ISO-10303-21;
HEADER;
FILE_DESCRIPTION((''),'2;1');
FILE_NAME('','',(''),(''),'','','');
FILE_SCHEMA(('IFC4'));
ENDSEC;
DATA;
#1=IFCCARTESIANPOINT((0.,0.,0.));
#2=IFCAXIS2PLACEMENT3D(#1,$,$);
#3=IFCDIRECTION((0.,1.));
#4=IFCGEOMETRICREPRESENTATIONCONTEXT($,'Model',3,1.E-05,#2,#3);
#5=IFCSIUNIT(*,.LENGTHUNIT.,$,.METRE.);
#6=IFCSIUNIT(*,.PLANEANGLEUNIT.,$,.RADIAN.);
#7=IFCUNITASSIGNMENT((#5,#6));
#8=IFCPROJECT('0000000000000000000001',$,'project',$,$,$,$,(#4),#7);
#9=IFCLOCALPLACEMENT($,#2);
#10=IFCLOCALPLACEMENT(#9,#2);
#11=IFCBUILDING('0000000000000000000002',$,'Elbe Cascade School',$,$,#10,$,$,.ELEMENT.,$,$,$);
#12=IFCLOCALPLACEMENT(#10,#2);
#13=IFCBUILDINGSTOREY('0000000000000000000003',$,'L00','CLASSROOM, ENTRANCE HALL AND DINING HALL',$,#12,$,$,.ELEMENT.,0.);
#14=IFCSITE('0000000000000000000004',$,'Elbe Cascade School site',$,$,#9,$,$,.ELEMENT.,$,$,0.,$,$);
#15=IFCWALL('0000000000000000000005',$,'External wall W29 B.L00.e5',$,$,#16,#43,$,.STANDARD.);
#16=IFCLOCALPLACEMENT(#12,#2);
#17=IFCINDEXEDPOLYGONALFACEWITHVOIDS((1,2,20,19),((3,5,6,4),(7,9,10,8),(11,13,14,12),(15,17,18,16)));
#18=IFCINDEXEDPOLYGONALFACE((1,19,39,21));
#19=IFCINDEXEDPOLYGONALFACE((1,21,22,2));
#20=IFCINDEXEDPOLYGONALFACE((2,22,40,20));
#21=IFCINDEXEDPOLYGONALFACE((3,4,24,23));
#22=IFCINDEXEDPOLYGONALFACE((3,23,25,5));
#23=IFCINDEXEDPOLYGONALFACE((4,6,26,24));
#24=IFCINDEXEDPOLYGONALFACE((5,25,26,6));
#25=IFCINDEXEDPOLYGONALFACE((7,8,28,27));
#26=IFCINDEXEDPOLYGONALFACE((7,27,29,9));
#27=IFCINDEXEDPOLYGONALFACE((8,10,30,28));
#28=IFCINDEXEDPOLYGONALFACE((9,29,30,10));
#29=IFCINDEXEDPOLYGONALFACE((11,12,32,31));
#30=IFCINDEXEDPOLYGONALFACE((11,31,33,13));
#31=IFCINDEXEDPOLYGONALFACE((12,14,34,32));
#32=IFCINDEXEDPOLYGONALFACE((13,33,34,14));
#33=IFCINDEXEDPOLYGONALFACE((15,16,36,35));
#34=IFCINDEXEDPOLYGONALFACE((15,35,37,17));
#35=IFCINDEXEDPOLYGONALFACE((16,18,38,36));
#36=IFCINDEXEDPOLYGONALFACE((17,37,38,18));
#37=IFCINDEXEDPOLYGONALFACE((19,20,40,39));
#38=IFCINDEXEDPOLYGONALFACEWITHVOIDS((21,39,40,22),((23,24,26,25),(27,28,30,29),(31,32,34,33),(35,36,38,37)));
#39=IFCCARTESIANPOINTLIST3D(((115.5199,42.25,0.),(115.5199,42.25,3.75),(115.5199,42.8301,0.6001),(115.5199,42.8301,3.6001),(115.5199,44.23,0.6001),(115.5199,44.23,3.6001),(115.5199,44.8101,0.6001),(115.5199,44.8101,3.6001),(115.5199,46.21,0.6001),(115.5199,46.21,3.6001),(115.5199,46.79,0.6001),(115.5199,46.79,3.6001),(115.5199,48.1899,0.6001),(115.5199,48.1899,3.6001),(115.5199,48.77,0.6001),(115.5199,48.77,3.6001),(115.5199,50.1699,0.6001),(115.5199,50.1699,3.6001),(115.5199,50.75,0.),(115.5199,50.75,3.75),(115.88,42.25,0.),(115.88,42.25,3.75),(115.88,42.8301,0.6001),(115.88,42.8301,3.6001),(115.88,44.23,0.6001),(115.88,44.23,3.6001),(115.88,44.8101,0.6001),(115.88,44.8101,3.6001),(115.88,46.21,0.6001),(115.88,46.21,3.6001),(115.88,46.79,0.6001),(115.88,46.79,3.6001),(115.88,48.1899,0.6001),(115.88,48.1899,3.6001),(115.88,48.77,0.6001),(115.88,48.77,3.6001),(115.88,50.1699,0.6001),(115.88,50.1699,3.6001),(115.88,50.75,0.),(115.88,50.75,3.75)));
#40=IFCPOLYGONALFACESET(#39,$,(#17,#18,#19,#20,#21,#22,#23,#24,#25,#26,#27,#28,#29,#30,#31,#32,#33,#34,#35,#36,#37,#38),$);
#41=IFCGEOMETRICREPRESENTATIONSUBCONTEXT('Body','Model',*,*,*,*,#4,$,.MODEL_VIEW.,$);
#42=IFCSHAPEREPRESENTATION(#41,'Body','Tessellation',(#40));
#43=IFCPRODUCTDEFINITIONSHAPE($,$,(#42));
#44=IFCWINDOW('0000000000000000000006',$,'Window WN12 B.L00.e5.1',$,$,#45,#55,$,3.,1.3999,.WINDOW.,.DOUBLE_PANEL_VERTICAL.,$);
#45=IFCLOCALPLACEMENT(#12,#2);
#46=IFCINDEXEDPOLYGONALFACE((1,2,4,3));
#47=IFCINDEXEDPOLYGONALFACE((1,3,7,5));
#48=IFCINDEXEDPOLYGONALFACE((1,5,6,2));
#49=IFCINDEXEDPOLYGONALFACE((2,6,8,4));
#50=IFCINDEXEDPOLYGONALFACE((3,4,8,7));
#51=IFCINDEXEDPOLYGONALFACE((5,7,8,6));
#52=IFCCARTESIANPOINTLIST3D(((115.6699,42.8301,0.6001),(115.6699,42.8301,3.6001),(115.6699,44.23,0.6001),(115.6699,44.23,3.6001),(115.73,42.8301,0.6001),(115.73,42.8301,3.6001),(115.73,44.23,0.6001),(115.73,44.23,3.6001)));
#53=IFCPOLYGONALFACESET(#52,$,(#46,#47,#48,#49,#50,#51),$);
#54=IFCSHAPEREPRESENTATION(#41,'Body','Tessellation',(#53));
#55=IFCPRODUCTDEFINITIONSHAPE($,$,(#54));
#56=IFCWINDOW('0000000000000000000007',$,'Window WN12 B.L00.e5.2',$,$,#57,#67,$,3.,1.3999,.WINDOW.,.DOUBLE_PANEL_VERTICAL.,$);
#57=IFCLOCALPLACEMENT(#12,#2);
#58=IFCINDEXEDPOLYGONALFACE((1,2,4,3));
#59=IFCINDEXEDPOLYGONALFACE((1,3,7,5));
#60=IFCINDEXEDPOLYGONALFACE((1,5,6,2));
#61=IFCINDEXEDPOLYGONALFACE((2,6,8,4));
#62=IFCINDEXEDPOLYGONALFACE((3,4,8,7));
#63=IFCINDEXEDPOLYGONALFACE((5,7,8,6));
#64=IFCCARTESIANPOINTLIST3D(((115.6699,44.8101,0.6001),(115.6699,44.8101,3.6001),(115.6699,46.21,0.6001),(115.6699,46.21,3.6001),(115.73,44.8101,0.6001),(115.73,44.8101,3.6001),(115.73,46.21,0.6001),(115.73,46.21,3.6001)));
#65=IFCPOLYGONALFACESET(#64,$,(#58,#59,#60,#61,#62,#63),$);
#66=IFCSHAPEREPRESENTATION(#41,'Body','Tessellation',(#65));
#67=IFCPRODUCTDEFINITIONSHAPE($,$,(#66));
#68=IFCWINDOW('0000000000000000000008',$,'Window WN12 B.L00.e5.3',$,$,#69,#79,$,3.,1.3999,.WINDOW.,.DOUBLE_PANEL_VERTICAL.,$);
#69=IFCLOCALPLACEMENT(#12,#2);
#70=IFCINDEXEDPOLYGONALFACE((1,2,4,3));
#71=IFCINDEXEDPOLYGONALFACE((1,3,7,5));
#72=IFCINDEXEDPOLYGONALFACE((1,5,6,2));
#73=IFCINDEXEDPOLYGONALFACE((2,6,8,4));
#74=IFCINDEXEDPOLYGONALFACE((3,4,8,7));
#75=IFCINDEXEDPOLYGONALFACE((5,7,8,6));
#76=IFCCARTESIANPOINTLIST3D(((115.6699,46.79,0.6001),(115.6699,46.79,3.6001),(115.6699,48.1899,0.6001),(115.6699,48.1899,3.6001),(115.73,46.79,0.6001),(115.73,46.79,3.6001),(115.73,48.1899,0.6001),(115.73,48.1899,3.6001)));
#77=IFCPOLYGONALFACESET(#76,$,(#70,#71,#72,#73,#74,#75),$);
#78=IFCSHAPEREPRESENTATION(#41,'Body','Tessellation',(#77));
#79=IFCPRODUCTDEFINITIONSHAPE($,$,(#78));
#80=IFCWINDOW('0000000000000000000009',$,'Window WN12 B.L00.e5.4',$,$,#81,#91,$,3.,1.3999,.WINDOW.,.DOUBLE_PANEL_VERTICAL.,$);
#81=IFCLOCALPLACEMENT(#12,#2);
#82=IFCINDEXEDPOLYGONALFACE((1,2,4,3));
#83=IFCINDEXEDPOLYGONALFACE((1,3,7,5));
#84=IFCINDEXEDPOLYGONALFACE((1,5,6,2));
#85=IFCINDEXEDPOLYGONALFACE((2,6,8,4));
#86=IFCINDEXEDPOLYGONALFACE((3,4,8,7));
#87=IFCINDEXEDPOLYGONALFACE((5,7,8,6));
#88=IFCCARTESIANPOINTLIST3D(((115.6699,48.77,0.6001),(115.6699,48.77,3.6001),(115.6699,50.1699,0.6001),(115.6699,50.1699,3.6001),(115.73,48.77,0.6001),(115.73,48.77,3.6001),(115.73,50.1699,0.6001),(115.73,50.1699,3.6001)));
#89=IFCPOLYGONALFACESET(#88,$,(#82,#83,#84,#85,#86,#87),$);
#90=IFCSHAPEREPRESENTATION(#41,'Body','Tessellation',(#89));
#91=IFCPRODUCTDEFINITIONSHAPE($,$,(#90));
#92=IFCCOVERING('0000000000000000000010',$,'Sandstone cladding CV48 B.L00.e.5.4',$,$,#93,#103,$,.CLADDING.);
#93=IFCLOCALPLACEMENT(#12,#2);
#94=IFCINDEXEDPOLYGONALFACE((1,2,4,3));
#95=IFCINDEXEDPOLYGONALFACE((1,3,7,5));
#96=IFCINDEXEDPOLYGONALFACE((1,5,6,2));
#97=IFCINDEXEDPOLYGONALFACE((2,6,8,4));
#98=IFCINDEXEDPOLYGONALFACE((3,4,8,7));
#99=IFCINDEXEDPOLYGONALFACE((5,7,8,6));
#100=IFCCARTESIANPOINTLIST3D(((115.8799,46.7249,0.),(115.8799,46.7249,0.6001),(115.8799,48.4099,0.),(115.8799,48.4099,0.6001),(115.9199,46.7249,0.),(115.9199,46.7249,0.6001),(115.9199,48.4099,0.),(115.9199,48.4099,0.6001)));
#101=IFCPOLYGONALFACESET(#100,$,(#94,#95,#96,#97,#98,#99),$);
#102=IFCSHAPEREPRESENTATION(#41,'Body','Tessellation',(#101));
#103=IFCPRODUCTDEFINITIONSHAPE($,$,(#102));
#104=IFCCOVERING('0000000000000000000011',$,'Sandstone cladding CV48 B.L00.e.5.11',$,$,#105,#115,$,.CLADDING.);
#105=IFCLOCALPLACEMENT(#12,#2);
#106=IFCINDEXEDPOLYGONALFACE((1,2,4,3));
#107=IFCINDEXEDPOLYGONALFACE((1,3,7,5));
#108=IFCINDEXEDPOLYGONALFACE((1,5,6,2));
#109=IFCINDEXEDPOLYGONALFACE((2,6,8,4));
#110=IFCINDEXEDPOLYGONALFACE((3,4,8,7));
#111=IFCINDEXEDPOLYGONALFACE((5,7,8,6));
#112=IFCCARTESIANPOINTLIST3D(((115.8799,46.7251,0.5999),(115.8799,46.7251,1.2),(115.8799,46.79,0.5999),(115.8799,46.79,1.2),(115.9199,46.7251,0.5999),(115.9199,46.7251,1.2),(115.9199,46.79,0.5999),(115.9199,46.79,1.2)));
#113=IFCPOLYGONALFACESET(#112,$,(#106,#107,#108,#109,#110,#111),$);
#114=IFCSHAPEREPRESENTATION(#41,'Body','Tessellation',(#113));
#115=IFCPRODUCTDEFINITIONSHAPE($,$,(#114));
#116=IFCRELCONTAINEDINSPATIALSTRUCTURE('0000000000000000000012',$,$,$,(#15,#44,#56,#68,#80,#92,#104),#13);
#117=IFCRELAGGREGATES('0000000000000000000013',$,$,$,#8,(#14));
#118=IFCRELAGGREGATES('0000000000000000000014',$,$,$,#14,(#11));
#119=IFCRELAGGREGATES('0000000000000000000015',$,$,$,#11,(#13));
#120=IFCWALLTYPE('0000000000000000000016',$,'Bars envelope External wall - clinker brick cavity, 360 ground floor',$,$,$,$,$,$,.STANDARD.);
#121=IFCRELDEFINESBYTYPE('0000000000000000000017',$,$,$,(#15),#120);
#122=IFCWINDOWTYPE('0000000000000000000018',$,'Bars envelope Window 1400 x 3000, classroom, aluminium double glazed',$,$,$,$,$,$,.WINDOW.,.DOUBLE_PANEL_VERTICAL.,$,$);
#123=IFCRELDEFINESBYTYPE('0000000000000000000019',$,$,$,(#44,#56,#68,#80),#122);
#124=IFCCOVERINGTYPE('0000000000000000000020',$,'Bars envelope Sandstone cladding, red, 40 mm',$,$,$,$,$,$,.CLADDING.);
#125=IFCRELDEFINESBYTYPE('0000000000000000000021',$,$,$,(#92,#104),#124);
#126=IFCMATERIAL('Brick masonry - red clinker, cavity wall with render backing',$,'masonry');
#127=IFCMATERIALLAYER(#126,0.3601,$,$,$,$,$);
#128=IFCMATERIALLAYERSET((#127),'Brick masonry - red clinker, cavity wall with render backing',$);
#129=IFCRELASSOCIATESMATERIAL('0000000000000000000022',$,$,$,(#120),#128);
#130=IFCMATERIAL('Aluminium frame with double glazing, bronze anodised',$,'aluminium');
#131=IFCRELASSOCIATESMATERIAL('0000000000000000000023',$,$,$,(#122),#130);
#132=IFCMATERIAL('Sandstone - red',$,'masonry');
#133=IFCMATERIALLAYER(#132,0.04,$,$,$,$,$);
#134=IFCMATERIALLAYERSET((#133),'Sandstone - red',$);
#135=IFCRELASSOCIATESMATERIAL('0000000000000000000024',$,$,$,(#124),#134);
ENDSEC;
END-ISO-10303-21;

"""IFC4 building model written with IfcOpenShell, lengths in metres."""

from ifc_helpers import new_model, si_unit, direction, frame, frame_2d, origin, origin_2d, place, context, subcontext, project, spatial, rectangle, extrude, material, layer, layer_set, type_object, element, fill, save


model = new_model("IFC4")

# Units and contexts
model_context = context("Model", 3, precision=1e-05, world=origin(), true_north=direction((0.0, 1.0)))
body_context = subcontext(model_context, "Body", "Model", "MODEL_VIEW")
ifc_project = project(units=[si_unit("LENGTHUNIT", "METRE"), si_unit("PLANEANGLEUNIT", "RADIAN")], contexts=[model_context])

# Site, building, storey
site_placement = place(None, origin())
site = spatial("IfcSite", under=ifc_project, at=site_placement, Name="Elbe Cascade School site", CompositionType="ELEMENT", RefElevation=0.0)
building_placement = place(site_placement, origin())
building = spatial("IfcBuilding", under=site, at=building_placement, Name="Elbe Cascade School", CompositionType="ELEMENT")
storey_placement = place(building_placement, origin())
storey = spatial("IfcBuildingStorey", under=building, at=storey_placement, Name="L00", Description="CLASSROOM, ENTRANCE HALL AND DINING HALL", CompositionType="ELEMENT", Elevation=0.0)

# Wall, openings, windows
ifc_material_1 = material(Name="Brick masonry - red clinker, cavity wall with render backing", Category="masonry")
ifc_layer_1 = layer(ifc_material_1, 0.3601)
ifc_layer_set_1 = layer_set([ifc_layer_1], Name="Brick masonry - red clinker, cavity wall with render backing")
wall_type_1 = type_object("IfcWallType", Name="Bars envelope External wall - clinker brick cavity, 360 ground floor", PredefinedType="STANDARD", material=ifc_layer_set_1)
wall_1_placement = place(storey_placement, frame((115.7, 50.75, 0.0), z_axis=(0.0, 0.0, 1.0), x_axis=(0.0, -1.0, 0.0)))
wall_1 = element("IfcWall", 1, at=wall_1_placement, inside=storey, type_object=wall_type_1, Name="External wall W29 B.L00.e5", PredefinedType="STANDARD", context=body_context, shape_type="SweptSolid", body=[
    extrude(rectangle(XDim=8.5, YDim=0.3601, at=frame_2d((4.25, 0.0))), origin(), (0.0, 0.0, 1.0), 3.75),
])
opening_1_placement = place(wall_1_placement, frame((6.52, 0.0, 0.6001)))
opening_1 = element("IfcOpeningElement", 2, at=opening_1_placement, cuts=wall_1, PredefinedType="OPENING", context=body_context, shape_type="SweptSolid", body=[
    extrude(rectangle(XDim=1.3999, YDim=3.0, at=frame_2d((0.7, 1.5))), frame((0.0, 0.1899, 0.0), z_axis=(0.0, -1.0, 0.0), x_axis=(1.0, 0.0, 0.0)), (0.0, 0.0, 1.0), 0.3801),
])
opening_2_placement = place(wall_1_placement, frame((4.54, 0.0, 0.6001)))
opening_2 = element("IfcOpeningElement", 3, at=opening_2_placement, cuts=wall_1, PredefinedType="OPENING", context=body_context, shape_type="SweptSolid", body=[
    extrude(rectangle(XDim=1.3999, YDim=3.0, at=frame_2d((0.7, 1.5))), frame((0.0, 0.1899, 0.0), z_axis=(0.0, -1.0, 0.0), x_axis=(1.0, 0.0, 0.0)), (0.0, 0.0, 1.0), 0.3801),
])
opening_3_placement = place(wall_1_placement, frame((2.5601, 0.0, 0.6001)))
opening_3 = element("IfcOpeningElement", 4, at=opening_3_placement, cuts=wall_1, PredefinedType="OPENING", context=body_context, shape_type="SweptSolid", body=[
    extrude(rectangle(XDim=1.3999, YDim=3.0, at=frame_2d((0.7, 1.5))), frame((0.0, 0.1899, 0.0), z_axis=(0.0, -1.0, 0.0), x_axis=(1.0, 0.0, 0.0)), (0.0, 0.0, 1.0), 0.3801),
])
opening_4_placement = place(wall_1_placement, frame((0.5801, 0.0, 0.6001)))
opening_4 = element("IfcOpeningElement", 5, at=opening_4_placement, cuts=wall_1, PredefinedType="OPENING", context=body_context, shape_type="SweptSolid", body=[
    extrude(rectangle(XDim=1.3999, YDim=3.0, at=frame_2d((0.7, 1.5))), frame((0.0, 0.1899, 0.0), z_axis=(0.0, -1.0, 0.0), x_axis=(1.0, 0.0, 0.0)), (0.0, 0.0, 1.0), 0.3801),
])
ifc_material_2 = material(Name="Aluminium frame with double glazing, bronze anodised", Category="aluminium")
window_type = type_object("IfcWindowType", Name="Bars envelope Window 1400 x 3000, classroom, aluminium double glazed", PartitioningType="DOUBLE_PANEL_VERTICAL", PredefinedType="WINDOW", material=ifc_material_2)
window_1_placement = place(opening_1_placement, origin())
window_1 = element("IfcWindow", 6, at=window_1_placement, inside=storey, type_object=window_type, Name="Window WN12 B.L00.e5.1", OverallHeight=3.0, OverallWidth=1.3999, PartitioningType="DOUBLE_PANEL_VERTICAL", PredefinedType="WINDOW", context=body_context, shape_type="SweptSolid", body=[
    extrude(rectangle(XDim=1.3999, YDim=3.0, at=frame_2d((0.7, 1.5))), frame((0.0, 0.03, 0.0), z_axis=(0.0, -1.0, 0.0), x_axis=(1.0, 0.0, 0.0)), (0.0, 0.0, 1.0), 0.0601),
])
fill(opening_1, window_1)
window_2_placement = place(opening_2_placement, origin())
window_2 = element("IfcWindow", 7, at=window_2_placement, inside=storey, type_object=window_type, Name="Window WN12 B.L00.e5.2", OverallHeight=3.0, OverallWidth=1.3999, PartitioningType="DOUBLE_PANEL_VERTICAL", PredefinedType="WINDOW", context=body_context, shape_type="SweptSolid", body=[
    extrude(rectangle(XDim=1.3999, YDim=3.0, at=frame_2d((0.7, 1.5))), frame((0.0, 0.03, 0.0), z_axis=(0.0, -1.0, 0.0), x_axis=(1.0, 0.0, 0.0)), (0.0, 0.0, 1.0), 0.0601),
])
fill(opening_2, window_2)
window_3_placement = place(opening_3_placement, origin())
window_3 = element("IfcWindow", 8, at=window_3_placement, inside=storey, type_object=window_type, Name="Window WN12 B.L00.e5.3", OverallHeight=3.0, OverallWidth=1.3999, PartitioningType="DOUBLE_PANEL_VERTICAL", PredefinedType="WINDOW", context=body_context, shape_type="SweptSolid", body=[
    extrude(rectangle(XDim=1.3999, YDim=3.0, at=frame_2d((0.7, 1.5))), frame((0.0, 0.03, 0.0), z_axis=(0.0, -1.0, 0.0), x_axis=(1.0, 0.0, 0.0)), (0.0, 0.0, 1.0), 0.0601),
])
fill(opening_3, window_3)
window_4_placement = place(opening_4_placement, origin())
window_4 = element("IfcWindow", 9, at=window_4_placement, inside=storey, type_object=window_type, Name="Window WN12 B.L00.e5.4", OverallHeight=3.0, OverallWidth=1.3999, PartitioningType="DOUBLE_PANEL_VERTICAL", PredefinedType="WINDOW", context=body_context, shape_type="SweptSolid", body=[
    extrude(rectangle(XDim=1.3999, YDim=3.0, at=frame_2d((0.7, 1.5))), frame((0.0, 0.03, 0.0), z_axis=(0.0, -1.0, 0.0), x_axis=(1.0, 0.0, 0.0)), (0.0, 0.0, 1.0), 0.0601),
])
fill(opening_4, window_4)

# Coverings
ifc_material_3 = material(Name="Sandstone - red", Category="masonry")
ifc_layer_2 = layer(ifc_material_3, 0.04)
ifc_layer_set_2 = layer_set([ifc_layer_2], Name="Sandstone - red")
covering_type = type_object("IfcCoveringType", Name="Bars envelope Sandstone cladding, red, 40 mm", PredefinedType="CLADDING", material=ifc_layer_set_2)
covering_1_placement = place(storey_placement, frame((115.8999, 47.5674, 0.0), z_axis=(0.0, 0.0, 1.0), x_axis=(0.0, 1.0, 0.0)))
element("IfcCovering", 10, at=covering_1_placement, inside=storey, type_object=covering_type, Name="Sandstone cladding CV48 B.L00.e.5.4", PredefinedType="CLADDING", context=body_context, shape_type="SweptSolid", body=[
    extrude(rectangle(XDim=1.6851, YDim=0.04, at=origin_2d()), origin(), (0.0, 0.0, 1.0), 0.6001),
])
covering_2_placement = place(storey_placement, frame((115.8999, 46.7576, 0.5999), z_axis=(0.0, 0.0, 1.0), x_axis=(0.0, 1.0, 0.0)))
element("IfcCovering", 11, at=covering_2_placement, inside=storey, type_object=covering_type, Name="Sandstone cladding CV48 B.L00.e.5.11", PredefinedType="CLADDING", context=body_context, shape_type="SweptSolid", body=[
    extrude(rectangle(XDim=0.0649, YDim=0.04, at=origin_2d()), origin(), (0.0, 0.0, 1.0), 0.6001),
])

save(model, "model.ifc")
